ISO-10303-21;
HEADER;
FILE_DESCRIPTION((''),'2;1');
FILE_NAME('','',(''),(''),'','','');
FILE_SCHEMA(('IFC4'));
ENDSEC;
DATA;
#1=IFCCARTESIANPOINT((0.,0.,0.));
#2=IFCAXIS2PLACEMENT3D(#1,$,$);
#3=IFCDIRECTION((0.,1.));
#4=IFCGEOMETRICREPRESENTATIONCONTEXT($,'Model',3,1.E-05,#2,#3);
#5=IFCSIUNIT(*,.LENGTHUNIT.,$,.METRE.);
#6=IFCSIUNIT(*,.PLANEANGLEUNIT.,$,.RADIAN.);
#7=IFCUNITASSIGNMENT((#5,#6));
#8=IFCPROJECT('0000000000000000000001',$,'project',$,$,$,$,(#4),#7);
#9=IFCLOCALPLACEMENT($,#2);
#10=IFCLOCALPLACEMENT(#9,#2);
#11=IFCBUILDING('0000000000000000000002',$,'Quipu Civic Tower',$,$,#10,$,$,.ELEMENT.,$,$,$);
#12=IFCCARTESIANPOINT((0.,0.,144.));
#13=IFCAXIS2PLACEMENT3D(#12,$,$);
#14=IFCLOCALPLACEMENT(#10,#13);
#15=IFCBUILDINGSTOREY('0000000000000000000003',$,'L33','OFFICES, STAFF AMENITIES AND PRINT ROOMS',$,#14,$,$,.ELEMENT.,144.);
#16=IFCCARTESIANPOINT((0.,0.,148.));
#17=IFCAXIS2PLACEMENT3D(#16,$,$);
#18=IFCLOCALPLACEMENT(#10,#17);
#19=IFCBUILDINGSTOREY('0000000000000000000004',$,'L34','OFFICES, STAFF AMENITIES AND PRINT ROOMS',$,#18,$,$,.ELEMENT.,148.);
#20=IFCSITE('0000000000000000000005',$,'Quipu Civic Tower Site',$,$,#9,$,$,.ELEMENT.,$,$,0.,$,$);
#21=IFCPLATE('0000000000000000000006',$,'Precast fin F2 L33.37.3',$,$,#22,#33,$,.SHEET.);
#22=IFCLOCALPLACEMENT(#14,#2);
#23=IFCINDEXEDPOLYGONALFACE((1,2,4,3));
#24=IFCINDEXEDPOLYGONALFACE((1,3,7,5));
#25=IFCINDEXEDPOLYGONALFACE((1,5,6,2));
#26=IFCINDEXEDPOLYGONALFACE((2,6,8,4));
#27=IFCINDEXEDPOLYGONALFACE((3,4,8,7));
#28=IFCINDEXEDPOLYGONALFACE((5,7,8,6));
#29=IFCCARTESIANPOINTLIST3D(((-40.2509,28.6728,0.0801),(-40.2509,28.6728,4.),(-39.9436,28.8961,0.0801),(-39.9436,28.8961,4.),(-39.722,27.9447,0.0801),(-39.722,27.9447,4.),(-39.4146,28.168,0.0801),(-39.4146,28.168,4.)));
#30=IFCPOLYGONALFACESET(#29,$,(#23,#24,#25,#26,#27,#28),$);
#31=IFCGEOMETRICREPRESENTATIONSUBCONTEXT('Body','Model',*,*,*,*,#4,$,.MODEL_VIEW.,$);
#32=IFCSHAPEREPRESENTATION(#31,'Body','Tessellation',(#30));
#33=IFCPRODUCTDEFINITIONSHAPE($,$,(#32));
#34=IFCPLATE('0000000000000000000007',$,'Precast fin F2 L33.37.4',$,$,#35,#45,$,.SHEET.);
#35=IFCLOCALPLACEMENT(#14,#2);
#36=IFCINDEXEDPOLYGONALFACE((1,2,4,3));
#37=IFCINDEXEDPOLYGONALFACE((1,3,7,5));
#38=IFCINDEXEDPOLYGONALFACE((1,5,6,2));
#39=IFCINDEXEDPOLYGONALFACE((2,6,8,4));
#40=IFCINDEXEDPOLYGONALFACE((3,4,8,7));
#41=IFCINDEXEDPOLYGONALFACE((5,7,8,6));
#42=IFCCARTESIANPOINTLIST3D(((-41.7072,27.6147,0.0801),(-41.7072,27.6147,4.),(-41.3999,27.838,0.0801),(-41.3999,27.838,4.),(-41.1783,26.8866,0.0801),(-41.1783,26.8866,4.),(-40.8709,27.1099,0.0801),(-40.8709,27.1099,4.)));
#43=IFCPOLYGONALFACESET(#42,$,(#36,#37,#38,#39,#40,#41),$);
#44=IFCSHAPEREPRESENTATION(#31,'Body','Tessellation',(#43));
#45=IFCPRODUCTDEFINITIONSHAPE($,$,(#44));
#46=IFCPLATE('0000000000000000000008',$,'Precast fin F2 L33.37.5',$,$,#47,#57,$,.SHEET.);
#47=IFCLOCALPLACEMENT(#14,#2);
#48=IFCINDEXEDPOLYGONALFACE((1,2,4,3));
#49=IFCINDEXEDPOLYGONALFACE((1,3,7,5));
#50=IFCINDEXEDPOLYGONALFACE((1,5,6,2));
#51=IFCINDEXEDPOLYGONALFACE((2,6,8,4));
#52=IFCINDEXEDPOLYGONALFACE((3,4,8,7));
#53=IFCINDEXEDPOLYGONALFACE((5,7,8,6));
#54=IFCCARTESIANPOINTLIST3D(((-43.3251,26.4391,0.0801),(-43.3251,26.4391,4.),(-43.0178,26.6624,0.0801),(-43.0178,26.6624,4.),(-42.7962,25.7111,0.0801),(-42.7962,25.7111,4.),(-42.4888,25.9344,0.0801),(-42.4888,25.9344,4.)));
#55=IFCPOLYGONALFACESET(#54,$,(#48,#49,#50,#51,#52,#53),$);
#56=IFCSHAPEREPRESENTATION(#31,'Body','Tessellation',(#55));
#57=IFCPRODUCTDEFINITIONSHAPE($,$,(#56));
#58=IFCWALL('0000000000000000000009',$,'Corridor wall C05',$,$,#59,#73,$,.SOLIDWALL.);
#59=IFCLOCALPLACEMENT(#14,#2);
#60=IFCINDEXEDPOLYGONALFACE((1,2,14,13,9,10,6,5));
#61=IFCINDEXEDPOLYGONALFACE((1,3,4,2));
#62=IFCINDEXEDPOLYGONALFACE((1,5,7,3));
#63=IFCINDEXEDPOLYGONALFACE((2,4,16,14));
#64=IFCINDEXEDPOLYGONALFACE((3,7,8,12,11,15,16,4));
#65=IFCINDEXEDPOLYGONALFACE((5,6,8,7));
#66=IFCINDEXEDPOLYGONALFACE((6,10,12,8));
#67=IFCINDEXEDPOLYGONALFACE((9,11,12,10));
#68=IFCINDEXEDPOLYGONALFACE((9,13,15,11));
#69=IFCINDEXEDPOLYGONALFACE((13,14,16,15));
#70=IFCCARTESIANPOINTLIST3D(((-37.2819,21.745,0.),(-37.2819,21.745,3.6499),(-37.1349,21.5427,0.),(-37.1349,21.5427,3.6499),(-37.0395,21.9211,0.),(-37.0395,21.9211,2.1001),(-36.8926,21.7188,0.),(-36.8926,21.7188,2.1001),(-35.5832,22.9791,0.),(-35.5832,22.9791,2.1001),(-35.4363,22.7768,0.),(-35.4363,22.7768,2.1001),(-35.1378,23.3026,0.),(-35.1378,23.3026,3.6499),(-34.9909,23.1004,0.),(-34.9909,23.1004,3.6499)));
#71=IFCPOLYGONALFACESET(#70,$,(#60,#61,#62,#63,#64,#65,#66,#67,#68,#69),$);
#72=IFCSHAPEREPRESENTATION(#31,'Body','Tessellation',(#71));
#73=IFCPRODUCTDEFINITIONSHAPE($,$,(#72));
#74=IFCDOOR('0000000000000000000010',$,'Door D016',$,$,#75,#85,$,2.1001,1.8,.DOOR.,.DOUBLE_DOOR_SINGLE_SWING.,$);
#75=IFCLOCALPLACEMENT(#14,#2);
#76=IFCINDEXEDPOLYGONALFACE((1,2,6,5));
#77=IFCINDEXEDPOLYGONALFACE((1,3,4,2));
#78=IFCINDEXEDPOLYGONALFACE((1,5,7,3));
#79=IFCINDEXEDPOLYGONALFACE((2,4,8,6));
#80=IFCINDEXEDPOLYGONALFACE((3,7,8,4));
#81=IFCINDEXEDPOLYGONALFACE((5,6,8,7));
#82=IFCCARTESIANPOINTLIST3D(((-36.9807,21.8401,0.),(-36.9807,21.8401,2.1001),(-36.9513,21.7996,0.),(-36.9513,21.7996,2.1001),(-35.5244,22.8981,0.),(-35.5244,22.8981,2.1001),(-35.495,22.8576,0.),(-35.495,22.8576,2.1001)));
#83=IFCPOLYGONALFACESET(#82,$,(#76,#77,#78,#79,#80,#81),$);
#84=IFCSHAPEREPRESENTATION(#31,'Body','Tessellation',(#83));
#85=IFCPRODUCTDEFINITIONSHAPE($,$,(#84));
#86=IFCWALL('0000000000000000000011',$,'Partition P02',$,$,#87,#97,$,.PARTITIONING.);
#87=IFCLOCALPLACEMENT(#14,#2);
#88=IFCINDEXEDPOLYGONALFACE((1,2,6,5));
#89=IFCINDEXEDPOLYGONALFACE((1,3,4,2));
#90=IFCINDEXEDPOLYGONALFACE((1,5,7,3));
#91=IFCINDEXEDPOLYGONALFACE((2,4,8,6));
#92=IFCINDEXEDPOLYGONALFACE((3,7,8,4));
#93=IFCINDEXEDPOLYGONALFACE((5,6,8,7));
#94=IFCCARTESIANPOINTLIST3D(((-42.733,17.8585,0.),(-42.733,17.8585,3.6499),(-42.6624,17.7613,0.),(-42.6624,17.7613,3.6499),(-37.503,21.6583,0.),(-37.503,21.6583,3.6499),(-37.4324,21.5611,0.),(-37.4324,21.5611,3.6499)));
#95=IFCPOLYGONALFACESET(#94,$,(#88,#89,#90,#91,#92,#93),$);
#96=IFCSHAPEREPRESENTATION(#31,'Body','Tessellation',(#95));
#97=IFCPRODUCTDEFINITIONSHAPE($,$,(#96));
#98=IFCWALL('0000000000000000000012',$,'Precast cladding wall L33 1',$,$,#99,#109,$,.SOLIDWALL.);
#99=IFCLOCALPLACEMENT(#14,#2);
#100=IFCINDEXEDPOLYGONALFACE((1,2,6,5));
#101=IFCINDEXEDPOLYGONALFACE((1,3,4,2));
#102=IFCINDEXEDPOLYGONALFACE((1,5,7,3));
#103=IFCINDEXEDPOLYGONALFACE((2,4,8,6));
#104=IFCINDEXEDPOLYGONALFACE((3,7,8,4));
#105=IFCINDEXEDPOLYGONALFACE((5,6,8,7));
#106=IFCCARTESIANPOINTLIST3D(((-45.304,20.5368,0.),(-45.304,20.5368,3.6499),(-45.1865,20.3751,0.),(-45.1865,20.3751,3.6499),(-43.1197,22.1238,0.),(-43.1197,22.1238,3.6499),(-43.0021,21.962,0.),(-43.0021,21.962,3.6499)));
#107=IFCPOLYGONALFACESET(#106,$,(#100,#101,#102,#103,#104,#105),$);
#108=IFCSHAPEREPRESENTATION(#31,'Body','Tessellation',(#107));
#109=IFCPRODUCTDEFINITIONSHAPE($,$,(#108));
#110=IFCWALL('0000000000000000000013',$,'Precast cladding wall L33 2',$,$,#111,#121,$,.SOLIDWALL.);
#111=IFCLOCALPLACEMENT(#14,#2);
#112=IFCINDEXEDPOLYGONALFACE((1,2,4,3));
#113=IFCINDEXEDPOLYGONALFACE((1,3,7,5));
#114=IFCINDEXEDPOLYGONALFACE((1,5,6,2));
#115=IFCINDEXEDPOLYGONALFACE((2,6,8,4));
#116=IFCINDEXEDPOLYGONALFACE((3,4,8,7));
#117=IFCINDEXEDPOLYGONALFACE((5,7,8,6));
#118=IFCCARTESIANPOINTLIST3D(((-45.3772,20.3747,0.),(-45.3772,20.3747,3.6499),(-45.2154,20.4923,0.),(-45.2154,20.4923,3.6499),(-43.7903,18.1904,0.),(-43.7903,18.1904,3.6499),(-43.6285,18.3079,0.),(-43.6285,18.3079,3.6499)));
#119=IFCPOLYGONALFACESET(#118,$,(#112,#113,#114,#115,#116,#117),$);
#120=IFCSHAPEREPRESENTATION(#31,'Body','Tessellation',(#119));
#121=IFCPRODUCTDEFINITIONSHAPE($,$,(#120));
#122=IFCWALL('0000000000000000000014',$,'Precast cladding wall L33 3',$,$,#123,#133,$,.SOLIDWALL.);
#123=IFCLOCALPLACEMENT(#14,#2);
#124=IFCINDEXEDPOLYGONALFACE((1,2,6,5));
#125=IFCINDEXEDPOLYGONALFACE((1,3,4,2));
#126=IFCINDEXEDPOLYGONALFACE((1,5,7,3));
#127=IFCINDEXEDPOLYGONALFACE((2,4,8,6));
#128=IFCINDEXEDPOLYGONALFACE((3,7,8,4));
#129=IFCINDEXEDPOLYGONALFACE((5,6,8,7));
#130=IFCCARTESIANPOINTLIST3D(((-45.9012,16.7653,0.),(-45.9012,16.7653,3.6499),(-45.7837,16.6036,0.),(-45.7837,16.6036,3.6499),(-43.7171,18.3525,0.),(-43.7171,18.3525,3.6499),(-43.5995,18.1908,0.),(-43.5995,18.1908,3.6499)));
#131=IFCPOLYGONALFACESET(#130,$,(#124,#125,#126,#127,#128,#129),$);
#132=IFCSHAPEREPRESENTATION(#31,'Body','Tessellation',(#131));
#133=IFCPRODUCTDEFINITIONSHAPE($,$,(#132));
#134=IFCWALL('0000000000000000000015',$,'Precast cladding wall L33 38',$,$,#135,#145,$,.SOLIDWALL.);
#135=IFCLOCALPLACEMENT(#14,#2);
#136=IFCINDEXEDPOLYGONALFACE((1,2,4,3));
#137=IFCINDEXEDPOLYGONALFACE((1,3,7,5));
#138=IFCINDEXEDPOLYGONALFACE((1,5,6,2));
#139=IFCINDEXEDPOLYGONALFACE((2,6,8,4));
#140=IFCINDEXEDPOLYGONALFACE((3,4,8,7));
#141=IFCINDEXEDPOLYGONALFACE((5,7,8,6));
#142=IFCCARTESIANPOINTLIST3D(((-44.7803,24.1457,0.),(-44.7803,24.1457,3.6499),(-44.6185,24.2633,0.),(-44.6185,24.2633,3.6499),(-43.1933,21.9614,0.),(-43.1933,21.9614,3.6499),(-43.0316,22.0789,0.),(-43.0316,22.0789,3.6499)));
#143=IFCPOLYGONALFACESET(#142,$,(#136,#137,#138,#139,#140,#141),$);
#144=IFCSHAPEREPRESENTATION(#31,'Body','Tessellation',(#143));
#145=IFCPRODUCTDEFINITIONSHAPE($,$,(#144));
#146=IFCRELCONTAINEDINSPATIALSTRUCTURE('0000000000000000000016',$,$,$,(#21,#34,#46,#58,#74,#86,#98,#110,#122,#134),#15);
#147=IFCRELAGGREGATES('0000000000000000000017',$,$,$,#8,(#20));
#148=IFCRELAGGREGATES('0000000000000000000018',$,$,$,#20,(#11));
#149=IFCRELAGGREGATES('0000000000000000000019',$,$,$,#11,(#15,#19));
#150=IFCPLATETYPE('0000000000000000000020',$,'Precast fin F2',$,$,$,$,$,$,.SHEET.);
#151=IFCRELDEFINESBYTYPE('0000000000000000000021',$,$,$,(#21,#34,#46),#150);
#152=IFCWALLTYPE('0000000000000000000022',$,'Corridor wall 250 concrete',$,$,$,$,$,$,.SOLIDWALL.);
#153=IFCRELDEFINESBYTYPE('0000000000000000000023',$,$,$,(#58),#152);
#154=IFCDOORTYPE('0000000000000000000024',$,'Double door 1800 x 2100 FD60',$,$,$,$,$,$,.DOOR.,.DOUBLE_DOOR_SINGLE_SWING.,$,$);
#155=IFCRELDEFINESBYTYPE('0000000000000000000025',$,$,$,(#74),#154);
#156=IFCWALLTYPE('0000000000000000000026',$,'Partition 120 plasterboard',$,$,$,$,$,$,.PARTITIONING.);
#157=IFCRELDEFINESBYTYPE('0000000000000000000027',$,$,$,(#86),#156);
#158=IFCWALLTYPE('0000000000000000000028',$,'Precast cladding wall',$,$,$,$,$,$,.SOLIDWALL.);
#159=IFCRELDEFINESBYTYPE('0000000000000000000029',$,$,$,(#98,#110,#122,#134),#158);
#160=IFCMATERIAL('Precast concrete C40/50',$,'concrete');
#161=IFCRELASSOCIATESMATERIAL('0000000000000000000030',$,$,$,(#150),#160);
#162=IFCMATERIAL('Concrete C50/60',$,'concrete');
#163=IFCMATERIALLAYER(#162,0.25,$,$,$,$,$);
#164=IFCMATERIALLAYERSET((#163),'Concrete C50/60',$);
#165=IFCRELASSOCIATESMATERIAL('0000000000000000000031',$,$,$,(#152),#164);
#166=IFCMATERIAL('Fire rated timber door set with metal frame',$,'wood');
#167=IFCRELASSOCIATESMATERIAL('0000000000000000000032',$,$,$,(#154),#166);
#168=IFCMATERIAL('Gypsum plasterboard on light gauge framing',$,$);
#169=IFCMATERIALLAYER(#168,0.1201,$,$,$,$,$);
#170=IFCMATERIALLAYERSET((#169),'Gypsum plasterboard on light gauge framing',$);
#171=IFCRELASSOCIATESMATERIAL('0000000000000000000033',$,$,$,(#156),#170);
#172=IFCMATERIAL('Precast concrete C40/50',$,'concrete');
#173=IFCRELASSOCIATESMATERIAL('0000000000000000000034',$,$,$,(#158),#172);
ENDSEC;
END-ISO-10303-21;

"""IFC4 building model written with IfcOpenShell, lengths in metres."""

from ifc_helpers import new_model, si_unit, direction, frame, frame_2d, origin, origin_2d, place, context, subcontext, project, spatial, rectangle, extrude, material, layer, layer_set, type_object, element, fill, save


model = new_model("IFC4")

# Units and contexts
model_context = context("Model", 3, precision=1e-05, world=origin(), true_north=direction((0.0, 1.0)))
body_context = subcontext(model_context, "Body", "Model", "MODEL_VIEW")
ifc_project = project(units=[si_unit("LENGTHUNIT", "METRE"), si_unit("PLANEANGLEUNIT", "RADIAN")], contexts=[model_context])

# Site, building, storey
site_placement = place(None, origin())
site = spatial("IfcSite", under=ifc_project, at=site_placement, Name="Quipu Civic Tower Site", CompositionType="ELEMENT", RefElevation=0.0)
building_placement = place(site_placement, origin())
building = spatial("IfcBuilding", under=site, at=building_placement, Name="Quipu Civic Tower", CompositionType="ELEMENT")
storey_1_placement = place(building_placement, frame((0.0, 0.0, 144.0)))
storey_1 = spatial("IfcBuildingStorey", under=building, at=storey_1_placement, Name="L33", Description="OFFICES, STAFF AMENITIES AND PRINT ROOMS", CompositionType="ELEMENT", Elevation=144.0)

# Shared definitions
storey_2_placement = place(building_placement, frame((0.0, 0.0, 148.0)))
storey_2 = spatial("IfcBuildingStorey", under=building, at=storey_2_placement, Name="L34", Description="OFFICES, STAFF AMENITIES AND PRINT ROOMS", CompositionType="ELEMENT", Elevation=148.0)

# Plates
ifc_material_1 = material(Name="Precast concrete C40/50", Category="concrete")
plate_type_1 = type_object("IfcPlateType", Name="Precast fin F2", PredefinedType="SHEET", material=ifc_material_1)
for number, where, z_axis, x_axis, name in (
    (1, (-39.8328, 28.4204, 0.0801), (0.0, 0.0, 1.0), (-0.809017, -0.587785, 0.0), "Precast fin F2 L33.37.3"),
    (2, (-41.2891, 27.3623, 0.0801), (0.0, 0.0, 1.0), (-0.809017, -0.587785, 0.0), "Precast fin F2 L33.37.4"),
    (3, (-42.907, 26.1868, 0.0801), (0.0, 0.0, 1.0), (-0.809017, -0.587785, 0.0), "Precast fin F2 L33.37.5"),
):
    element("IfcPlate", number, at=place(storey_1_placement, frame(where, z_axis=z_axis, x_axis=x_axis)), inside=storey_1, type_object=plate_type_1, Name=name, PredefinedType="SHEET", context=body_context, shape_type="SweptSolid", body=[
        extrude(rectangle(XDim=0.3799, YDim=0.8999, at=origin_2d()), origin(), (0.0, 0.0, 1.0), 3.9199),
    ])

# Wall, opening, door
ifc_material_2 = material(Name="Concrete C50/60", Category="concrete")
ifc_layer_1 = layer(ifc_material_2, 0.25)
ifc_layer_set_1 = layer_set([ifc_layer_1], Name="Concrete C50/60")
wall_type_1 = type_object("IfcWallType", Name="Corridor wall 250 concrete", PredefinedType="SOLIDWALL", material=ifc_layer_set_1)
wall_1_placement = place(storey_1_placement, frame((-37.2085, 21.6438, 0.0), z_axis=(0.0, 0.0, 1.0), x_axis=(0.809039, 0.587755, 0.0)))
wall_1 = element("IfcWall", 4, at=wall_1_placement, inside=storey_1, type_object=wall_type_1, Name="Corridor wall C05", PredefinedType="SOLIDWALL", context=body_context, shape_type="SweptSolid", body=[
    extrude(rectangle(XDim=2.6501, YDim=0.25, at=frame_2d((1.3252, 0.0))), origin(), (0.0, 0.0, 1.0), 3.6499),
])
opening_placement = place(wall_1_placement, frame((0.2998, 0.0, 0.0)))
opening = element("IfcOpeningElement", 5, at=opening_placement, cuts=wall_1, PredefinedType="OPENING", context=body_context, shape_type="SweptSolid", body=[
    extrude(rectangle(XDim=1.8, YDim=2.1001, at=frame_2d((0.8999, 1.05))), frame((0.0, 0.135, 0.0), z_axis=(0.0, -1.0, 0.0), x_axis=(1.0, 0.0, 0.0)), (0.0, 0.0, 1.0), 0.27),
])
ifc_material_3 = material(Name="Fire rated timber door set with metal frame", Category="wood")
door_type = type_object("IfcDoorType", Name="Double door 1800 x 2100 FD60", OperationType="DOUBLE_DOOR_SINGLE_SWING", PredefinedType="DOOR", material=ifc_material_3)
door_placement = place(opening_placement, origin())
door = element("IfcDoor", 6, at=door_placement, inside=storey_1, type_object=door_type, Name="Door D016", OperationType="DOUBLE_DOOR_SINGLE_SWING", OverallHeight=2.1001, OverallWidth=1.8, PredefinedType="DOOR", context=body_context, shape_type="SweptSolid", body=[
    extrude(rectangle(XDim=1.8, YDim=2.1001, at=frame_2d((0.8999, 1.05))), frame((0.0, 0.0249, 0.0), z_axis=(0.0, -1.0, 0.0), x_axis=(1.0, 0.0, 0.0)), (0.0, 0.0, 1.0), 0.05),
])
fill(opening, door)

# Walls
ifc_material_4 = material(Name="Gypsum plasterboard on light gauge framing")
ifc_layer_2 = layer(ifc_material_4, 0.1201)
ifc_layer_set_2 = layer_set([ifc_layer_2], Name="Gypsum plasterboard on light gauge framing")
wall_type_2 = type_object("IfcWallType", Name="Partition 120 plasterboard", PredefinedType="PARTITIONING", material=ifc_layer_set_2)
wall_2_placement = place(storey_1_placement, frame((-42.6978, 17.8098, 0.0), z_axis=(0.0, 0.0, 1.0), x_axis=(0.809017, 0.587785, 0.0)))
element("IfcWall", 7, at=wall_2_placement, inside=storey_1, type_object=wall_type_2, Name="Partition P02", PredefinedType="PARTITIONING", context=body_context, shape_type="SweptSolid", body=[
    extrude(rectangle(XDim=6.4646, YDim=0.1201, at=frame_2d((3.2324, 0.0))), origin(), (0.0, 0.0, 1.0), 3.6499),
])
ifc_material_5 = material(Name="Precast concrete C40/50", Category="concrete")
wall_type_3 = type_object("IfcWallType", Name="Precast cladding wall", PredefinedType="SOLIDWALL", material=ifc_material_5)
for number, where, z_axis, x_axis, name in (
    (8, (-43.0608, 22.043, 0.0), (0.0, 0.0, 1.0), (-0.809033, -0.587763, 0.0), "Precast cladding wall L33 1"),
    (9, (-45.2964, 20.4336, 0.0), (0.0, 0.0, 1.0), (0.587763, -0.809033, 0.0), "Precast cladding wall L33 2"),
    (10, (-43.6582, 18.2717, 0.0), (0.0, 0.0, 1.0), (-0.808959, -0.587865, 0.0), "Precast cladding wall L33 3"),
    (11, (-44.6995, 24.2046, 0.0), (0.0, 0.0, 1.0), (0.587763, -0.809033, 0.0), "Precast cladding wall L33 38"),
):
    element("IfcWall", number, at=place(storey_1_placement, frame(where, z_axis=z_axis, x_axis=x_axis)), inside=storey_1, type_object=wall_type_3, Name=name, PredefinedType="SOLIDWALL", context=body_context, shape_type="SweptSolid", body=[
        extrude(rectangle(XDim=2.7, YDim=0.2, at=frame_2d((1.3501, 0.0))), origin(), (0.0, 0.0, 1.0), 3.6499),
    ])

save(model, "model.ifc")
